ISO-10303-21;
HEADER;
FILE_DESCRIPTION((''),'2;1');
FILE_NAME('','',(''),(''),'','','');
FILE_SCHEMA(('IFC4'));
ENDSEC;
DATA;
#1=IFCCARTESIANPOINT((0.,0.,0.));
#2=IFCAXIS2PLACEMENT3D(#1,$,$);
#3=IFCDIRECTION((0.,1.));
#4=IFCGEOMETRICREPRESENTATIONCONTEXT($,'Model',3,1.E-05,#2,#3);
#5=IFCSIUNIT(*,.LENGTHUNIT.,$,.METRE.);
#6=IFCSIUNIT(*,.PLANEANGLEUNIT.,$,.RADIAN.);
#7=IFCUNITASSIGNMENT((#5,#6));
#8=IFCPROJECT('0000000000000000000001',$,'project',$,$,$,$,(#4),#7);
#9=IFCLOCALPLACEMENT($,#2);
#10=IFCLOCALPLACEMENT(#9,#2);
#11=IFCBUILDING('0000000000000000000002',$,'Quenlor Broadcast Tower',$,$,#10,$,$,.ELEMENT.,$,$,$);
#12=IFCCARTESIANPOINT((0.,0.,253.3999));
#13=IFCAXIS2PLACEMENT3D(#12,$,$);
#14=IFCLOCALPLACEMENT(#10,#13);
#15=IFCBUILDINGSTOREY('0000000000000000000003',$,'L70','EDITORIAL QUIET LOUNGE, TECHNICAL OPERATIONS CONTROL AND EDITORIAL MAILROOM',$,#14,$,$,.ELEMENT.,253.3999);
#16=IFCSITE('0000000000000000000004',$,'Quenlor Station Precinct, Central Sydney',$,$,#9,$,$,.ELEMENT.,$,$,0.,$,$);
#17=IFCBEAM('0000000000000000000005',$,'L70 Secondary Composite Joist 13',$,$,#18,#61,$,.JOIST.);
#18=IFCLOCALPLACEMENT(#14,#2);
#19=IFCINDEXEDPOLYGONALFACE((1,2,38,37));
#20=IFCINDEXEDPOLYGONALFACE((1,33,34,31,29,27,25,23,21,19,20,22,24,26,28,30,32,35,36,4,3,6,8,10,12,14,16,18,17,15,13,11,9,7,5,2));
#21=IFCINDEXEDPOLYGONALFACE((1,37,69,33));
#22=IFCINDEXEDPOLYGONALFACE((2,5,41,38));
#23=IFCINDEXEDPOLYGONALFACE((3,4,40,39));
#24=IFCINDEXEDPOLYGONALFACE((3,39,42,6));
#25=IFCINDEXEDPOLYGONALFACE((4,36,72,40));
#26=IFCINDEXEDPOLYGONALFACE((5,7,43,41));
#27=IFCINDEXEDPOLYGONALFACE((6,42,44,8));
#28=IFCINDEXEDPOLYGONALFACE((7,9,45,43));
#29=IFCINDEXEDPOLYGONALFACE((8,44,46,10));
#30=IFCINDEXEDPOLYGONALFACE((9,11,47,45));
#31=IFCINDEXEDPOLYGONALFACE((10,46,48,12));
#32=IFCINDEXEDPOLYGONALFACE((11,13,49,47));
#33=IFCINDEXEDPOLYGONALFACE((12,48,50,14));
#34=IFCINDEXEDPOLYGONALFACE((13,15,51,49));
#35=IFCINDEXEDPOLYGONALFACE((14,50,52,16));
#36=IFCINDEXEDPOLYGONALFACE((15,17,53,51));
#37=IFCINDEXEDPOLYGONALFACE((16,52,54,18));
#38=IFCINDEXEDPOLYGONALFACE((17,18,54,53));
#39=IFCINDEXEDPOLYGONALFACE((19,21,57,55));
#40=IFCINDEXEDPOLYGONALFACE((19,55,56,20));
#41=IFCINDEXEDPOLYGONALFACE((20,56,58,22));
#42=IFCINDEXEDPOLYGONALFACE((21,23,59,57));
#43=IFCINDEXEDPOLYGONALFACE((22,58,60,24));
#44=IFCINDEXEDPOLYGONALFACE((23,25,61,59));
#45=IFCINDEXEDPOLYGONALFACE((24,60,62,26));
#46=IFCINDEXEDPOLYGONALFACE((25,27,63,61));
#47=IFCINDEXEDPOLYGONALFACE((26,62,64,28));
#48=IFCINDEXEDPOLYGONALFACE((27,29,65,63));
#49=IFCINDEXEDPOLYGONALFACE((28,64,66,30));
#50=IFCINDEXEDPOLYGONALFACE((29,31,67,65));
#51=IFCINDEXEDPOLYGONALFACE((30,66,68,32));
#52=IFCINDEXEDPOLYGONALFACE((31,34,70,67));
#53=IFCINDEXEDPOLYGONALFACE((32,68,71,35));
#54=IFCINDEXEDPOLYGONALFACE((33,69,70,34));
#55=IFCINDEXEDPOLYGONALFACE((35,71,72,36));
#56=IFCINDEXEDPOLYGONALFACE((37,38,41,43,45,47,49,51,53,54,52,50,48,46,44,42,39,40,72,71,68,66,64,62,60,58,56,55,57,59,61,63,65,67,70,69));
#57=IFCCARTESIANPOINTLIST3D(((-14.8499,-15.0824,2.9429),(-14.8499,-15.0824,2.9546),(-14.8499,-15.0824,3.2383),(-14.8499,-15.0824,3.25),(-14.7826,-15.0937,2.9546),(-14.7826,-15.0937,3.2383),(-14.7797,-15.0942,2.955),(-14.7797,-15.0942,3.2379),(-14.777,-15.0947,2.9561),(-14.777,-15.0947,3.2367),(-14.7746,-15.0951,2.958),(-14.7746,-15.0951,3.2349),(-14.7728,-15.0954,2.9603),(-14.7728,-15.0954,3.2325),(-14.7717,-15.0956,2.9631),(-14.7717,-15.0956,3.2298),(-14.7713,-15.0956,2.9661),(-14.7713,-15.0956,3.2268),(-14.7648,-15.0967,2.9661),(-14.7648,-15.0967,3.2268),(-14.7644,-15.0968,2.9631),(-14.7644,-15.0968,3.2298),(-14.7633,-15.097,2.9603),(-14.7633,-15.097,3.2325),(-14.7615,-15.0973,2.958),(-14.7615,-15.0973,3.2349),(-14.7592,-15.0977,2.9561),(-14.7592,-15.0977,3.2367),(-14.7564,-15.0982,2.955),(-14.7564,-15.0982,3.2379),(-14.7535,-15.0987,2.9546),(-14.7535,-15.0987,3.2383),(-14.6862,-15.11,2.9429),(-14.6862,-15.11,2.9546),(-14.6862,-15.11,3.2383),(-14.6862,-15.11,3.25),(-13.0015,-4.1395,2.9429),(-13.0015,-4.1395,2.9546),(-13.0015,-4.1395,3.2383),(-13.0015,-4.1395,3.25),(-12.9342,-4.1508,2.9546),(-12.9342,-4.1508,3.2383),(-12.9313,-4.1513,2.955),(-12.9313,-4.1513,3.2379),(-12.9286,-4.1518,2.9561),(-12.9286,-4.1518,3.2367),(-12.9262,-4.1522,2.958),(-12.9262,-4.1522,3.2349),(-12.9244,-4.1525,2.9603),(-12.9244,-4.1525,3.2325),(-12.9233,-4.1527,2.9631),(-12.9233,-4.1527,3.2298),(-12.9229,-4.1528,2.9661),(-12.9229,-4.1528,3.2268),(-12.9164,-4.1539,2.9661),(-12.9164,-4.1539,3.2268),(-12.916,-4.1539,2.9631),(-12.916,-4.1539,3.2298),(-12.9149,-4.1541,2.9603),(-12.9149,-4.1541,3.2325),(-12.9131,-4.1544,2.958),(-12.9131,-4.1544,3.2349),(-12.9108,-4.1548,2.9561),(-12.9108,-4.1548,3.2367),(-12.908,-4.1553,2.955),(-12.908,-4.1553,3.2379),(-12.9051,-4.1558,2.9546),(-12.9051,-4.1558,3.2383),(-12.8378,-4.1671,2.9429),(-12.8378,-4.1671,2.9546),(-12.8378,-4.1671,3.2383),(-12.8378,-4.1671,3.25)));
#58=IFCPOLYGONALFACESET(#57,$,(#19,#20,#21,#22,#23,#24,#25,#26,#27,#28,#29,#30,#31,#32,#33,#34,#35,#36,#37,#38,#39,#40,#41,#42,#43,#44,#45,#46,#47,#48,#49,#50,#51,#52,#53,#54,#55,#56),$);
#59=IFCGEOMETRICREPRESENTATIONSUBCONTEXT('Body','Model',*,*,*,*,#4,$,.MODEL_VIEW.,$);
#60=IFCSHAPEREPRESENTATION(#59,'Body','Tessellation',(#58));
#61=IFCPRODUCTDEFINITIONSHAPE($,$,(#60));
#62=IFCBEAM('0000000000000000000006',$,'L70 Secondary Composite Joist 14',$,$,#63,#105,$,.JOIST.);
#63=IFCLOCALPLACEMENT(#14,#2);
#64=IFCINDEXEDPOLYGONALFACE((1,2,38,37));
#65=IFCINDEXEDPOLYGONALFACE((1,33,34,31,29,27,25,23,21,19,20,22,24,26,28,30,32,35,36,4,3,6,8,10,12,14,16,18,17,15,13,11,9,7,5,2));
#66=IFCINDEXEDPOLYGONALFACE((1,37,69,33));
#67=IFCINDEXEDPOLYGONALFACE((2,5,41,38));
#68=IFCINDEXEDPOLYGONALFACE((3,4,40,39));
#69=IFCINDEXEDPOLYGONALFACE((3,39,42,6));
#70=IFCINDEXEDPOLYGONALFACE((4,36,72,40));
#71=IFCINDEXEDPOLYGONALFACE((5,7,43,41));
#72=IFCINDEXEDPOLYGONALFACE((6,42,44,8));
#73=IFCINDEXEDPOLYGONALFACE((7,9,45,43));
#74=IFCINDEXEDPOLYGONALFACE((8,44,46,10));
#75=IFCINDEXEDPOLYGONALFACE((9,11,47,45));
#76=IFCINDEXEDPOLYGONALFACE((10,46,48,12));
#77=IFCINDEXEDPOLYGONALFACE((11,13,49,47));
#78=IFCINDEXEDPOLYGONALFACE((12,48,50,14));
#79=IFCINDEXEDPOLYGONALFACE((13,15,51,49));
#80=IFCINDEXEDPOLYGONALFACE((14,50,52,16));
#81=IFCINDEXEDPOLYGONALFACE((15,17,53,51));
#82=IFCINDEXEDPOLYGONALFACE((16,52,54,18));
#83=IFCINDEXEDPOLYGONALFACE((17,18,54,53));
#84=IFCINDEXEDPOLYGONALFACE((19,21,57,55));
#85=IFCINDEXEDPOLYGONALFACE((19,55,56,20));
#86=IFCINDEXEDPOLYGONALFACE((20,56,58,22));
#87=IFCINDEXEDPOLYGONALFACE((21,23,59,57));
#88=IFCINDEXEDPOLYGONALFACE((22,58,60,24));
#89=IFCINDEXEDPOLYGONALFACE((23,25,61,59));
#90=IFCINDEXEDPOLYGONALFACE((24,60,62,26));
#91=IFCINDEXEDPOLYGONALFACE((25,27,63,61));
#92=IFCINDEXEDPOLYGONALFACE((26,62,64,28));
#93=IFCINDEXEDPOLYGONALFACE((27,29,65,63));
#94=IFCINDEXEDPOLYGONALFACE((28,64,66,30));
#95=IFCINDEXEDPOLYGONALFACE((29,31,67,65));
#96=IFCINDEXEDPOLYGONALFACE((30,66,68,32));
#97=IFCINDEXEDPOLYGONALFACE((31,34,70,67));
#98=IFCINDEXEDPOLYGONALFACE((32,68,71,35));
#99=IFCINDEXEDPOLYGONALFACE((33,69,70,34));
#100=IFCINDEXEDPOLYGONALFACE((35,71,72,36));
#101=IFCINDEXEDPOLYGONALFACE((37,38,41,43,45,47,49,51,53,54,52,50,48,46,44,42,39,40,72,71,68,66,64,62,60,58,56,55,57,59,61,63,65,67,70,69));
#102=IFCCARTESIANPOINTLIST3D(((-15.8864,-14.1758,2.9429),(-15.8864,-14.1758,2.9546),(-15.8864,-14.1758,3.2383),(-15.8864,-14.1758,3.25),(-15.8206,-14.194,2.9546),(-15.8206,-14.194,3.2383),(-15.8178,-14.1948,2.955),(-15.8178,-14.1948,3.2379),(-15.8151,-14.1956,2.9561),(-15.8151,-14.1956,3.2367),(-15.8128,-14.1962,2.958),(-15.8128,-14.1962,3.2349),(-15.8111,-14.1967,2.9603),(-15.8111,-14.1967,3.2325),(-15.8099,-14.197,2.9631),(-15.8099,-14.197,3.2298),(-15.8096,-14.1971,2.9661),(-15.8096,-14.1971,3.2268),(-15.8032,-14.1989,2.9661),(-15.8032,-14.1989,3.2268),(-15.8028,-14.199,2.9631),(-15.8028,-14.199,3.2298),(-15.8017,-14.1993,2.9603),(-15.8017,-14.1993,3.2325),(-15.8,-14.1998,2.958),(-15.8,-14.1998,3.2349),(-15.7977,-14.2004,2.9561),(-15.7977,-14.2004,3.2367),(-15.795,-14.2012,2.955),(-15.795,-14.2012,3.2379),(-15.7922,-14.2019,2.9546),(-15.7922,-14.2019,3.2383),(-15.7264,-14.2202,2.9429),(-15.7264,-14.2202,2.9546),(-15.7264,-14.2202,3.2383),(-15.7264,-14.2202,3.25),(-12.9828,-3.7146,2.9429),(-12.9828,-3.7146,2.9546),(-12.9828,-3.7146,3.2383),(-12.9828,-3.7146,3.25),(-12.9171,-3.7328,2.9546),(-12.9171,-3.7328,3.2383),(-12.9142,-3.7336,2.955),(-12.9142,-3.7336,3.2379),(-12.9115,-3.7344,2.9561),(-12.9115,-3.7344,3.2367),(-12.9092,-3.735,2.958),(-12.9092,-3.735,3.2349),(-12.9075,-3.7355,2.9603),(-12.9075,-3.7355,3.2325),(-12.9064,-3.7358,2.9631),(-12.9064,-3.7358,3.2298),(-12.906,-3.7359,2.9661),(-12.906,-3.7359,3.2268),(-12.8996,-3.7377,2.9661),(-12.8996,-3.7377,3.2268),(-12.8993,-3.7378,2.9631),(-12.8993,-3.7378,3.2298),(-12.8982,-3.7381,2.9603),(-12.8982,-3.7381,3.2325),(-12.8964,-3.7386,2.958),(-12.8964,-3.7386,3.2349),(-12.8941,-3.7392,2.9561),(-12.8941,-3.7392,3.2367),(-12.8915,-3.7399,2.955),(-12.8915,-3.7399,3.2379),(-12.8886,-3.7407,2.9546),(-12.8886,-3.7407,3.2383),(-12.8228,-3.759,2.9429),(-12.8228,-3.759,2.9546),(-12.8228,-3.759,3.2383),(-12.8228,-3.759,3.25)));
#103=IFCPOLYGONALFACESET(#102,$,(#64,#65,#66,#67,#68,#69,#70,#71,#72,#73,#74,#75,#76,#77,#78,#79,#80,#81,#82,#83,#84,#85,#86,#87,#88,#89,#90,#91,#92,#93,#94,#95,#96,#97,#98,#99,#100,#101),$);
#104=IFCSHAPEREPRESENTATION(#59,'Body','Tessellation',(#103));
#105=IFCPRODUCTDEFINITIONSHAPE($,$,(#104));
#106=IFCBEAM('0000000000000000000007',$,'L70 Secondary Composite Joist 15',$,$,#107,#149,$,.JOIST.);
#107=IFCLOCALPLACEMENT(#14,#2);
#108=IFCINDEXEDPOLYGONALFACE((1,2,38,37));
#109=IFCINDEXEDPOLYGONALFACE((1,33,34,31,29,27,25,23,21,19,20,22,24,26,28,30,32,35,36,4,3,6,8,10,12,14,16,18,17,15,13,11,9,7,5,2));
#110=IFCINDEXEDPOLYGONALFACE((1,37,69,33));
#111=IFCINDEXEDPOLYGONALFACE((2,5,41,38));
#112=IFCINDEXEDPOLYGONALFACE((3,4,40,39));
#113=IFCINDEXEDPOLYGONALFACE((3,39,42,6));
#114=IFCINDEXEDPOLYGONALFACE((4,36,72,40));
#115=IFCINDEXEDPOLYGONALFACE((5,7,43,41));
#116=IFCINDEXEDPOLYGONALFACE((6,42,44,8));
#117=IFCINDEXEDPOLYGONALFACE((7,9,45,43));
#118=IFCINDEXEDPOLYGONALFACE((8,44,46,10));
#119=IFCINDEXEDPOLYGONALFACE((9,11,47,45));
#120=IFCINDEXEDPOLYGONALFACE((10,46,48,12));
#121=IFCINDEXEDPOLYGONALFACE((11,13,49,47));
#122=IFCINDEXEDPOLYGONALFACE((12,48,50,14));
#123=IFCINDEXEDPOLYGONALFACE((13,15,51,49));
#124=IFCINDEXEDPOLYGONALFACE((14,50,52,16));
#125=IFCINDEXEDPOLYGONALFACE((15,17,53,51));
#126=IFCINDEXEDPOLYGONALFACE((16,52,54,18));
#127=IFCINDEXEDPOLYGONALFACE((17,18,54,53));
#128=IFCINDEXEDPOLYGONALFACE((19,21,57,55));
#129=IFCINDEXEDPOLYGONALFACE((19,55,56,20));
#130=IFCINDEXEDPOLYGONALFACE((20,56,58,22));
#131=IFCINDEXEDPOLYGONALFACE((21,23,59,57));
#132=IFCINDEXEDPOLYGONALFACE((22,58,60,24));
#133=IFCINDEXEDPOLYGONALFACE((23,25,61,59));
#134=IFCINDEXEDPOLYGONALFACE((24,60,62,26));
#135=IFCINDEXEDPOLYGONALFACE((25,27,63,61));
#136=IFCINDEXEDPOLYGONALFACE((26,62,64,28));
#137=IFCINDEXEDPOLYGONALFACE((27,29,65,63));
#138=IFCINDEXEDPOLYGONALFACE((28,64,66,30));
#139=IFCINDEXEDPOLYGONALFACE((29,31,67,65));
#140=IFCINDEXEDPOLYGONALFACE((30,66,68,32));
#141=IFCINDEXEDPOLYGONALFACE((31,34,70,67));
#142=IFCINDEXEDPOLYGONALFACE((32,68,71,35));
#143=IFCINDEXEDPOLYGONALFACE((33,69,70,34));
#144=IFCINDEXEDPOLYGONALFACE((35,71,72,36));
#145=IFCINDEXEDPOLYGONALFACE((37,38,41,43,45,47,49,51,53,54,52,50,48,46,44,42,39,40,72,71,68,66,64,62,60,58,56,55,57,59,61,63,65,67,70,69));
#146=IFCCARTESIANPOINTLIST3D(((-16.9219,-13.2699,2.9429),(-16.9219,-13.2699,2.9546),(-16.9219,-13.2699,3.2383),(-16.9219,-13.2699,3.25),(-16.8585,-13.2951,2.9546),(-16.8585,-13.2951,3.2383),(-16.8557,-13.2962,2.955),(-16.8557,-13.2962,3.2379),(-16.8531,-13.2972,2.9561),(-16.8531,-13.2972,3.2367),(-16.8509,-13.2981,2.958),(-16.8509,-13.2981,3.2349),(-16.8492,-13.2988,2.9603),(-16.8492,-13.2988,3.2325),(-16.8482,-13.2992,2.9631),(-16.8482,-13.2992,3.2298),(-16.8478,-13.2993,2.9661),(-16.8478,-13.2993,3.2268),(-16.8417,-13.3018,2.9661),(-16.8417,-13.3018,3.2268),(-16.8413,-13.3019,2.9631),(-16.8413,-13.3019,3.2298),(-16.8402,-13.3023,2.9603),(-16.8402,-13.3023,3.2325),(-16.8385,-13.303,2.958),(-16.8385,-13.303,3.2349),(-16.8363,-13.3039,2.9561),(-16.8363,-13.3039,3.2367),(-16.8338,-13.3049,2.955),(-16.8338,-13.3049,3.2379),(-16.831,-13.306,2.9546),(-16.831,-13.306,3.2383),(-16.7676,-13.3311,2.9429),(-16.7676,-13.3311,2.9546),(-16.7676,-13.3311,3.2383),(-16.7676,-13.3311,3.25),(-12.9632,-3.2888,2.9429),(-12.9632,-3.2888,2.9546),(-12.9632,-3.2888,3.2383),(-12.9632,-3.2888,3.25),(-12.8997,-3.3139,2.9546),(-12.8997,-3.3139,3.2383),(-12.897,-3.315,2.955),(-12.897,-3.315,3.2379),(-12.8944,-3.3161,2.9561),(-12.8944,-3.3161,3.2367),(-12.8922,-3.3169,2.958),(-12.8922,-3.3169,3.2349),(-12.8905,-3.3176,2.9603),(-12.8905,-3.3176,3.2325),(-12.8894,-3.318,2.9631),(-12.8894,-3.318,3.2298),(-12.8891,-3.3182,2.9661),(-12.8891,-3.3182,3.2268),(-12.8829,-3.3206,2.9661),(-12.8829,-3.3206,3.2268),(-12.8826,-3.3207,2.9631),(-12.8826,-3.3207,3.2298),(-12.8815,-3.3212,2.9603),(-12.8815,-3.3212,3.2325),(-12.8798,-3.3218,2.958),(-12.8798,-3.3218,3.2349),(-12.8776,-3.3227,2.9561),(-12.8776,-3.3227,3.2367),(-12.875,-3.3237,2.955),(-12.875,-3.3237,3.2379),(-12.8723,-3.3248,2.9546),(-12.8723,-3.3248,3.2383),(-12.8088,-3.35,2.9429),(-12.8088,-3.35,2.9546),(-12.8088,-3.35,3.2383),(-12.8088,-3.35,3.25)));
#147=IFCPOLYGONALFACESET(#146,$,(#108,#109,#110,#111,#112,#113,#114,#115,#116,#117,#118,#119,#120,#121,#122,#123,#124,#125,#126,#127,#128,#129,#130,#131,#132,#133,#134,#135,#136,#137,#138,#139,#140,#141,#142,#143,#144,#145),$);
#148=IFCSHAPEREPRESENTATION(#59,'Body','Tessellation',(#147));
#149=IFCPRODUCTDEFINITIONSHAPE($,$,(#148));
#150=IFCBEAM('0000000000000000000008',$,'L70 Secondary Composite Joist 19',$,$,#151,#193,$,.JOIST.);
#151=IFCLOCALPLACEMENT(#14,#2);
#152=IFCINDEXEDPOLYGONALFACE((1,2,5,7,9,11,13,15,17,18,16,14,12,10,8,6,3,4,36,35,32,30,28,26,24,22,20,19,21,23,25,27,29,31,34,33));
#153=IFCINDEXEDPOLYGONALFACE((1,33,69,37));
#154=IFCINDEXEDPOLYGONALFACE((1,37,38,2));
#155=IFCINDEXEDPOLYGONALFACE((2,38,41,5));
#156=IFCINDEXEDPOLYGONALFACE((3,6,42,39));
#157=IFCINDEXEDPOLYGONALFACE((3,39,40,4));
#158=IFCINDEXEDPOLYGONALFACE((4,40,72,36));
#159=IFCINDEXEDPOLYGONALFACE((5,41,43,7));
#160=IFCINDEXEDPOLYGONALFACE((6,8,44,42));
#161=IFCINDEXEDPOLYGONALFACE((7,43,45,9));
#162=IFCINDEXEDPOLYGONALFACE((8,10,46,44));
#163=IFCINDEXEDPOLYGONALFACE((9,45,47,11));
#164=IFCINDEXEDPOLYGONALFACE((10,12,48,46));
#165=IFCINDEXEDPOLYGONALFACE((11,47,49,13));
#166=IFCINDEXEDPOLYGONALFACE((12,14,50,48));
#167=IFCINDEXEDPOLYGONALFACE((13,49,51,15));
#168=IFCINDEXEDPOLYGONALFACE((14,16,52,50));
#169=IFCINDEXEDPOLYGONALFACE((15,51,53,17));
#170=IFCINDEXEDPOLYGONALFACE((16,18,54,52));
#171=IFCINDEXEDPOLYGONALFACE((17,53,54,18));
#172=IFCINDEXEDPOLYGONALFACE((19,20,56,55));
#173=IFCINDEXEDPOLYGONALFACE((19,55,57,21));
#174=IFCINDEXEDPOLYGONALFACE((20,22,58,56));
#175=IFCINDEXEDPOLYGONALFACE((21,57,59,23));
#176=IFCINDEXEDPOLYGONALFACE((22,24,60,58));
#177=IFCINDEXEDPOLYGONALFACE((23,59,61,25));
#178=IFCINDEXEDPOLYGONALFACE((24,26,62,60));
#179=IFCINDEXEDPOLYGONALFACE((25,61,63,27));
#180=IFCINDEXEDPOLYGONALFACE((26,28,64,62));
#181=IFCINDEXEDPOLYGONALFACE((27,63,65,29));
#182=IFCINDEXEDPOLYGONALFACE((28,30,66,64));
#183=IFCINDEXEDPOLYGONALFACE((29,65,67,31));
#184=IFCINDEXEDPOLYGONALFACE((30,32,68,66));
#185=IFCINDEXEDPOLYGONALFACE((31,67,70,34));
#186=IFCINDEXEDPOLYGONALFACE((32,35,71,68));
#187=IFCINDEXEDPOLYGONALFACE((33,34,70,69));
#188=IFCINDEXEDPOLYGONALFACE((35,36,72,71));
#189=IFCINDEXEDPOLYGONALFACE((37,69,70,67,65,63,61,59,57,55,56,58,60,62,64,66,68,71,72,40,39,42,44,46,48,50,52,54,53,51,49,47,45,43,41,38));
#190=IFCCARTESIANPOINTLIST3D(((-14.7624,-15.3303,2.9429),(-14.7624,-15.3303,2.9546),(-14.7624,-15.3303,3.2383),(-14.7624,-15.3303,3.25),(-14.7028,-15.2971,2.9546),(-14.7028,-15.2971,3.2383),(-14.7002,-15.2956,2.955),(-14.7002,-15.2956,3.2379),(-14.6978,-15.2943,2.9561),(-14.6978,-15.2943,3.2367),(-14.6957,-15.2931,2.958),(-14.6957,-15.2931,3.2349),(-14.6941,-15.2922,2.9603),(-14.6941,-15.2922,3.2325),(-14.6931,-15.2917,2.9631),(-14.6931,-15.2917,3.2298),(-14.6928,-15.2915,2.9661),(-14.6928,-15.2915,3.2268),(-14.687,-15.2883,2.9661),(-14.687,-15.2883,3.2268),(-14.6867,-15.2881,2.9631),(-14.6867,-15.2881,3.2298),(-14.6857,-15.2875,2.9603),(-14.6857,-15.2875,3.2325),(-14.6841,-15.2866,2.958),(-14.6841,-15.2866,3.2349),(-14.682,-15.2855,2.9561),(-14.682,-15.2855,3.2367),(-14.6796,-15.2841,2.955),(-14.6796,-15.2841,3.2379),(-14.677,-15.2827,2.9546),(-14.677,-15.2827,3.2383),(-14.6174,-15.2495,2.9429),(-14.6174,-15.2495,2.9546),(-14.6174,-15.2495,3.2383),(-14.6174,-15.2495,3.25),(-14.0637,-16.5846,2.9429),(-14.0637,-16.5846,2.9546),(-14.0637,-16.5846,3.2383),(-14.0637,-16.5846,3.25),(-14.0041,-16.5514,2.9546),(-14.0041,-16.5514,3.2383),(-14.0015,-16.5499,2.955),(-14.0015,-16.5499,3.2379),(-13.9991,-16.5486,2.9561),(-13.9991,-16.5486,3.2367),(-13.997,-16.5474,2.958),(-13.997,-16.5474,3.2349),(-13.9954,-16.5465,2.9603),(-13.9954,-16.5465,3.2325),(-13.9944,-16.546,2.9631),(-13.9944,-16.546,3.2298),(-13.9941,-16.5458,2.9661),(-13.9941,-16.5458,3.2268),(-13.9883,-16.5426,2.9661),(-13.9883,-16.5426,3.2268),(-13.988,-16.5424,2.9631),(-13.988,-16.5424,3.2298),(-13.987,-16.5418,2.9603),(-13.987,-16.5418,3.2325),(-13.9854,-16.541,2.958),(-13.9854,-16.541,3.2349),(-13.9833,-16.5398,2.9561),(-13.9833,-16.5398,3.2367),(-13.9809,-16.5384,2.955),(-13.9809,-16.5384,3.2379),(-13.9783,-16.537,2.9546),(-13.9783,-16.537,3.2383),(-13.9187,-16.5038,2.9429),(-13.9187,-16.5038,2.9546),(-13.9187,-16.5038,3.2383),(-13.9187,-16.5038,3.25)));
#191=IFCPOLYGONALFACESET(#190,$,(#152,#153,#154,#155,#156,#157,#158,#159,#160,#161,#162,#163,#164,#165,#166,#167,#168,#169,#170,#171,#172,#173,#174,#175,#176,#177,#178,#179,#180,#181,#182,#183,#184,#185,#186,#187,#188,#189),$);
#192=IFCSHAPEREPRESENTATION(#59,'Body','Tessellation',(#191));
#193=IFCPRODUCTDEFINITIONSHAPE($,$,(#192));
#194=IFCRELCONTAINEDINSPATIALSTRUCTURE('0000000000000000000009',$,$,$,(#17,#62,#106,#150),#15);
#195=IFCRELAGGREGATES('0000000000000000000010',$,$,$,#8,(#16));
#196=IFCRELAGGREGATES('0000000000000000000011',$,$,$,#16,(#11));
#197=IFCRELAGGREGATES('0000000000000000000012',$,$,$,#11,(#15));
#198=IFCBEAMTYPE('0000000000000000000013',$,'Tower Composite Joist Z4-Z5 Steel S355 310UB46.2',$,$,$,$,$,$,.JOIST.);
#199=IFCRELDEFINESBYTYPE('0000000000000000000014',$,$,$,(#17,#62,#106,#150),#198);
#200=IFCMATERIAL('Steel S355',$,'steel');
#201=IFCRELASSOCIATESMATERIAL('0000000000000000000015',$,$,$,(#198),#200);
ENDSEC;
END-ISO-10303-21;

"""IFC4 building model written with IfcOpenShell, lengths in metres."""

from ifc_helpers import new_model, si_unit, direction, frame, origin, origin_2d, place, context, subcontext, project, spatial, i_section, extrude, material, material_profile, profile_set, type_object, element, save


model = new_model("IFC4")

# Units and contexts
model_context = context("Model", 3, precision=1e-05, world=origin(), true_north=direction((0.0, 1.0)))
body_context = subcontext(model_context, "Body", "Model", "MODEL_VIEW")
ifc_project = project(units=[si_unit("LENGTHUNIT", "METRE"), si_unit("PLANEANGLEUNIT", "RADIAN")], contexts=[model_context])

# Site, building, storey
site_placement = place(None, origin())
site = spatial("IfcSite", under=ifc_project, at=site_placement, Name="Quenlor Station Precinct, Central Sydney", CompositionType="ELEMENT", RefElevation=0.0)
building_placement = place(site_placement, origin())
building = spatial("IfcBuilding", under=site, at=building_placement, Name="Quenlor Broadcast Tower", CompositionType="ELEMENT")
storey_placement = place(building_placement, frame((0.0, 0.0, 253.3999)))
storey = spatial("IfcBuildingStorey", under=building, at=storey_placement, Name="L70", Description="EDITORIAL QUIET LOUNGE, TECHNICAL OPERATIONS CONTROL AND EDITORIAL MAILROOM", CompositionType="ELEMENT", Elevation=253.3999)

# Beams
ifc_material_1 = material(Name="Steel S355", Category="steel")
ifc_material_profile_1 = material_profile(ifc_material_1, i_section(OverallWidth=0.166, OverallDepth=0.3071, WebThickness=0.0066, FlangeThickness=0.0117, FilletRadius=0.0115, at=origin_2d()))
ifc_profile_set_1 = profile_set([ifc_material_profile_1], Name="Steel S355 310UB46.2")
beam_type_1 = type_object("IfcBeamType", Name="Tower Composite Joist Z4-Z5 Steel S355 310UB46.2", PredefinedType="JOIST", material=ifc_profile_set_1)
beam_1_placement = place(storey_placement, frame((-14.7681, -15.0962, 3.0964), z_axis=(0.166553, 0.986032, 0.0), x_axis=(-0.986032, 0.166553, 0.0)))
element("IfcBeam", 1, at=beam_1_placement, inside=storey, type_object=beam_type_1, Name="L70 Secondary Composite Joist 13", PredefinedType="JOIST", context=body_context, shape_type="SweptSolid", body=[
    extrude(i_section(OverallWidth=0.166, OverallDepth=0.3071, WebThickness=0.0066, FlangeThickness=0.0117, FilletRadius=0.0115, at=origin_2d()), origin(), (0.0, 0.0, 1.0), 11.0979),
])
beam_2_placement = place(storey_placement, frame((-15.8064, -14.198, 3.0964), z_axis=(0.267446, 0.963573, 0.0), x_axis=(-0.963573, 0.267446, 0.0)))
element("IfcBeam", 2, at=beam_2_placement, inside=storey, type_object=beam_type_1, Name="L70 Secondary Composite Joist 14", PredefinedType="JOIST", context=body_context, shape_type="SweptSolid", body=[
    extrude(i_section(OverallWidth=0.166, OverallDepth=0.3071, WebThickness=0.0066, FlangeThickness=0.0117, FilletRadius=0.0115, at=origin_2d()), origin(), (0.0, 0.0, 1.0), 10.8567),
])
beam_3_placement = place(storey_placement, frame((-16.8447, -13.3005, 3.0964), z_axis=(0.36868, 0.929556, 0.0), x_axis=(-0.929556, 0.36868, 0.0)))
element("IfcBeam", 3, at=beam_3_placement, inside=storey, type_object=beam_type_1, Name="L70 Secondary Composite Joist 15", PredefinedType="JOIST", context=body_context, shape_type="SweptSolid", body=[
    extrude(i_section(OverallWidth=0.166, OverallDepth=0.3071, WebThickness=0.0066, FlangeThickness=0.0117, FilletRadius=0.0115, at=origin_2d()), origin(), (0.0, 0.0, 1.0), 10.7375),
])
beam_4_placement = place(storey_placement, frame((-13.9912, -16.5442, 3.0964), z_axis=(-0.486624, 0.873611, 0.0), x_axis=(-0.873611, -0.486624, 0.0)))
element("IfcBeam", 4, at=beam_4_placement, inside=storey, type_object=beam_type_1, Name="L70 Secondary Composite Joist 19", PredefinedType="JOIST", context=body_context, shape_type="SweptSolid", body=[
    extrude(i_section(OverallWidth=0.166, OverallDepth=0.3071, WebThickness=0.0066, FlangeThickness=0.0117, FilletRadius=0.0115, at=origin_2d()), origin(), (0.0, 0.0, 1.0), 1.4358),
])

save(model, "model.ifc")
